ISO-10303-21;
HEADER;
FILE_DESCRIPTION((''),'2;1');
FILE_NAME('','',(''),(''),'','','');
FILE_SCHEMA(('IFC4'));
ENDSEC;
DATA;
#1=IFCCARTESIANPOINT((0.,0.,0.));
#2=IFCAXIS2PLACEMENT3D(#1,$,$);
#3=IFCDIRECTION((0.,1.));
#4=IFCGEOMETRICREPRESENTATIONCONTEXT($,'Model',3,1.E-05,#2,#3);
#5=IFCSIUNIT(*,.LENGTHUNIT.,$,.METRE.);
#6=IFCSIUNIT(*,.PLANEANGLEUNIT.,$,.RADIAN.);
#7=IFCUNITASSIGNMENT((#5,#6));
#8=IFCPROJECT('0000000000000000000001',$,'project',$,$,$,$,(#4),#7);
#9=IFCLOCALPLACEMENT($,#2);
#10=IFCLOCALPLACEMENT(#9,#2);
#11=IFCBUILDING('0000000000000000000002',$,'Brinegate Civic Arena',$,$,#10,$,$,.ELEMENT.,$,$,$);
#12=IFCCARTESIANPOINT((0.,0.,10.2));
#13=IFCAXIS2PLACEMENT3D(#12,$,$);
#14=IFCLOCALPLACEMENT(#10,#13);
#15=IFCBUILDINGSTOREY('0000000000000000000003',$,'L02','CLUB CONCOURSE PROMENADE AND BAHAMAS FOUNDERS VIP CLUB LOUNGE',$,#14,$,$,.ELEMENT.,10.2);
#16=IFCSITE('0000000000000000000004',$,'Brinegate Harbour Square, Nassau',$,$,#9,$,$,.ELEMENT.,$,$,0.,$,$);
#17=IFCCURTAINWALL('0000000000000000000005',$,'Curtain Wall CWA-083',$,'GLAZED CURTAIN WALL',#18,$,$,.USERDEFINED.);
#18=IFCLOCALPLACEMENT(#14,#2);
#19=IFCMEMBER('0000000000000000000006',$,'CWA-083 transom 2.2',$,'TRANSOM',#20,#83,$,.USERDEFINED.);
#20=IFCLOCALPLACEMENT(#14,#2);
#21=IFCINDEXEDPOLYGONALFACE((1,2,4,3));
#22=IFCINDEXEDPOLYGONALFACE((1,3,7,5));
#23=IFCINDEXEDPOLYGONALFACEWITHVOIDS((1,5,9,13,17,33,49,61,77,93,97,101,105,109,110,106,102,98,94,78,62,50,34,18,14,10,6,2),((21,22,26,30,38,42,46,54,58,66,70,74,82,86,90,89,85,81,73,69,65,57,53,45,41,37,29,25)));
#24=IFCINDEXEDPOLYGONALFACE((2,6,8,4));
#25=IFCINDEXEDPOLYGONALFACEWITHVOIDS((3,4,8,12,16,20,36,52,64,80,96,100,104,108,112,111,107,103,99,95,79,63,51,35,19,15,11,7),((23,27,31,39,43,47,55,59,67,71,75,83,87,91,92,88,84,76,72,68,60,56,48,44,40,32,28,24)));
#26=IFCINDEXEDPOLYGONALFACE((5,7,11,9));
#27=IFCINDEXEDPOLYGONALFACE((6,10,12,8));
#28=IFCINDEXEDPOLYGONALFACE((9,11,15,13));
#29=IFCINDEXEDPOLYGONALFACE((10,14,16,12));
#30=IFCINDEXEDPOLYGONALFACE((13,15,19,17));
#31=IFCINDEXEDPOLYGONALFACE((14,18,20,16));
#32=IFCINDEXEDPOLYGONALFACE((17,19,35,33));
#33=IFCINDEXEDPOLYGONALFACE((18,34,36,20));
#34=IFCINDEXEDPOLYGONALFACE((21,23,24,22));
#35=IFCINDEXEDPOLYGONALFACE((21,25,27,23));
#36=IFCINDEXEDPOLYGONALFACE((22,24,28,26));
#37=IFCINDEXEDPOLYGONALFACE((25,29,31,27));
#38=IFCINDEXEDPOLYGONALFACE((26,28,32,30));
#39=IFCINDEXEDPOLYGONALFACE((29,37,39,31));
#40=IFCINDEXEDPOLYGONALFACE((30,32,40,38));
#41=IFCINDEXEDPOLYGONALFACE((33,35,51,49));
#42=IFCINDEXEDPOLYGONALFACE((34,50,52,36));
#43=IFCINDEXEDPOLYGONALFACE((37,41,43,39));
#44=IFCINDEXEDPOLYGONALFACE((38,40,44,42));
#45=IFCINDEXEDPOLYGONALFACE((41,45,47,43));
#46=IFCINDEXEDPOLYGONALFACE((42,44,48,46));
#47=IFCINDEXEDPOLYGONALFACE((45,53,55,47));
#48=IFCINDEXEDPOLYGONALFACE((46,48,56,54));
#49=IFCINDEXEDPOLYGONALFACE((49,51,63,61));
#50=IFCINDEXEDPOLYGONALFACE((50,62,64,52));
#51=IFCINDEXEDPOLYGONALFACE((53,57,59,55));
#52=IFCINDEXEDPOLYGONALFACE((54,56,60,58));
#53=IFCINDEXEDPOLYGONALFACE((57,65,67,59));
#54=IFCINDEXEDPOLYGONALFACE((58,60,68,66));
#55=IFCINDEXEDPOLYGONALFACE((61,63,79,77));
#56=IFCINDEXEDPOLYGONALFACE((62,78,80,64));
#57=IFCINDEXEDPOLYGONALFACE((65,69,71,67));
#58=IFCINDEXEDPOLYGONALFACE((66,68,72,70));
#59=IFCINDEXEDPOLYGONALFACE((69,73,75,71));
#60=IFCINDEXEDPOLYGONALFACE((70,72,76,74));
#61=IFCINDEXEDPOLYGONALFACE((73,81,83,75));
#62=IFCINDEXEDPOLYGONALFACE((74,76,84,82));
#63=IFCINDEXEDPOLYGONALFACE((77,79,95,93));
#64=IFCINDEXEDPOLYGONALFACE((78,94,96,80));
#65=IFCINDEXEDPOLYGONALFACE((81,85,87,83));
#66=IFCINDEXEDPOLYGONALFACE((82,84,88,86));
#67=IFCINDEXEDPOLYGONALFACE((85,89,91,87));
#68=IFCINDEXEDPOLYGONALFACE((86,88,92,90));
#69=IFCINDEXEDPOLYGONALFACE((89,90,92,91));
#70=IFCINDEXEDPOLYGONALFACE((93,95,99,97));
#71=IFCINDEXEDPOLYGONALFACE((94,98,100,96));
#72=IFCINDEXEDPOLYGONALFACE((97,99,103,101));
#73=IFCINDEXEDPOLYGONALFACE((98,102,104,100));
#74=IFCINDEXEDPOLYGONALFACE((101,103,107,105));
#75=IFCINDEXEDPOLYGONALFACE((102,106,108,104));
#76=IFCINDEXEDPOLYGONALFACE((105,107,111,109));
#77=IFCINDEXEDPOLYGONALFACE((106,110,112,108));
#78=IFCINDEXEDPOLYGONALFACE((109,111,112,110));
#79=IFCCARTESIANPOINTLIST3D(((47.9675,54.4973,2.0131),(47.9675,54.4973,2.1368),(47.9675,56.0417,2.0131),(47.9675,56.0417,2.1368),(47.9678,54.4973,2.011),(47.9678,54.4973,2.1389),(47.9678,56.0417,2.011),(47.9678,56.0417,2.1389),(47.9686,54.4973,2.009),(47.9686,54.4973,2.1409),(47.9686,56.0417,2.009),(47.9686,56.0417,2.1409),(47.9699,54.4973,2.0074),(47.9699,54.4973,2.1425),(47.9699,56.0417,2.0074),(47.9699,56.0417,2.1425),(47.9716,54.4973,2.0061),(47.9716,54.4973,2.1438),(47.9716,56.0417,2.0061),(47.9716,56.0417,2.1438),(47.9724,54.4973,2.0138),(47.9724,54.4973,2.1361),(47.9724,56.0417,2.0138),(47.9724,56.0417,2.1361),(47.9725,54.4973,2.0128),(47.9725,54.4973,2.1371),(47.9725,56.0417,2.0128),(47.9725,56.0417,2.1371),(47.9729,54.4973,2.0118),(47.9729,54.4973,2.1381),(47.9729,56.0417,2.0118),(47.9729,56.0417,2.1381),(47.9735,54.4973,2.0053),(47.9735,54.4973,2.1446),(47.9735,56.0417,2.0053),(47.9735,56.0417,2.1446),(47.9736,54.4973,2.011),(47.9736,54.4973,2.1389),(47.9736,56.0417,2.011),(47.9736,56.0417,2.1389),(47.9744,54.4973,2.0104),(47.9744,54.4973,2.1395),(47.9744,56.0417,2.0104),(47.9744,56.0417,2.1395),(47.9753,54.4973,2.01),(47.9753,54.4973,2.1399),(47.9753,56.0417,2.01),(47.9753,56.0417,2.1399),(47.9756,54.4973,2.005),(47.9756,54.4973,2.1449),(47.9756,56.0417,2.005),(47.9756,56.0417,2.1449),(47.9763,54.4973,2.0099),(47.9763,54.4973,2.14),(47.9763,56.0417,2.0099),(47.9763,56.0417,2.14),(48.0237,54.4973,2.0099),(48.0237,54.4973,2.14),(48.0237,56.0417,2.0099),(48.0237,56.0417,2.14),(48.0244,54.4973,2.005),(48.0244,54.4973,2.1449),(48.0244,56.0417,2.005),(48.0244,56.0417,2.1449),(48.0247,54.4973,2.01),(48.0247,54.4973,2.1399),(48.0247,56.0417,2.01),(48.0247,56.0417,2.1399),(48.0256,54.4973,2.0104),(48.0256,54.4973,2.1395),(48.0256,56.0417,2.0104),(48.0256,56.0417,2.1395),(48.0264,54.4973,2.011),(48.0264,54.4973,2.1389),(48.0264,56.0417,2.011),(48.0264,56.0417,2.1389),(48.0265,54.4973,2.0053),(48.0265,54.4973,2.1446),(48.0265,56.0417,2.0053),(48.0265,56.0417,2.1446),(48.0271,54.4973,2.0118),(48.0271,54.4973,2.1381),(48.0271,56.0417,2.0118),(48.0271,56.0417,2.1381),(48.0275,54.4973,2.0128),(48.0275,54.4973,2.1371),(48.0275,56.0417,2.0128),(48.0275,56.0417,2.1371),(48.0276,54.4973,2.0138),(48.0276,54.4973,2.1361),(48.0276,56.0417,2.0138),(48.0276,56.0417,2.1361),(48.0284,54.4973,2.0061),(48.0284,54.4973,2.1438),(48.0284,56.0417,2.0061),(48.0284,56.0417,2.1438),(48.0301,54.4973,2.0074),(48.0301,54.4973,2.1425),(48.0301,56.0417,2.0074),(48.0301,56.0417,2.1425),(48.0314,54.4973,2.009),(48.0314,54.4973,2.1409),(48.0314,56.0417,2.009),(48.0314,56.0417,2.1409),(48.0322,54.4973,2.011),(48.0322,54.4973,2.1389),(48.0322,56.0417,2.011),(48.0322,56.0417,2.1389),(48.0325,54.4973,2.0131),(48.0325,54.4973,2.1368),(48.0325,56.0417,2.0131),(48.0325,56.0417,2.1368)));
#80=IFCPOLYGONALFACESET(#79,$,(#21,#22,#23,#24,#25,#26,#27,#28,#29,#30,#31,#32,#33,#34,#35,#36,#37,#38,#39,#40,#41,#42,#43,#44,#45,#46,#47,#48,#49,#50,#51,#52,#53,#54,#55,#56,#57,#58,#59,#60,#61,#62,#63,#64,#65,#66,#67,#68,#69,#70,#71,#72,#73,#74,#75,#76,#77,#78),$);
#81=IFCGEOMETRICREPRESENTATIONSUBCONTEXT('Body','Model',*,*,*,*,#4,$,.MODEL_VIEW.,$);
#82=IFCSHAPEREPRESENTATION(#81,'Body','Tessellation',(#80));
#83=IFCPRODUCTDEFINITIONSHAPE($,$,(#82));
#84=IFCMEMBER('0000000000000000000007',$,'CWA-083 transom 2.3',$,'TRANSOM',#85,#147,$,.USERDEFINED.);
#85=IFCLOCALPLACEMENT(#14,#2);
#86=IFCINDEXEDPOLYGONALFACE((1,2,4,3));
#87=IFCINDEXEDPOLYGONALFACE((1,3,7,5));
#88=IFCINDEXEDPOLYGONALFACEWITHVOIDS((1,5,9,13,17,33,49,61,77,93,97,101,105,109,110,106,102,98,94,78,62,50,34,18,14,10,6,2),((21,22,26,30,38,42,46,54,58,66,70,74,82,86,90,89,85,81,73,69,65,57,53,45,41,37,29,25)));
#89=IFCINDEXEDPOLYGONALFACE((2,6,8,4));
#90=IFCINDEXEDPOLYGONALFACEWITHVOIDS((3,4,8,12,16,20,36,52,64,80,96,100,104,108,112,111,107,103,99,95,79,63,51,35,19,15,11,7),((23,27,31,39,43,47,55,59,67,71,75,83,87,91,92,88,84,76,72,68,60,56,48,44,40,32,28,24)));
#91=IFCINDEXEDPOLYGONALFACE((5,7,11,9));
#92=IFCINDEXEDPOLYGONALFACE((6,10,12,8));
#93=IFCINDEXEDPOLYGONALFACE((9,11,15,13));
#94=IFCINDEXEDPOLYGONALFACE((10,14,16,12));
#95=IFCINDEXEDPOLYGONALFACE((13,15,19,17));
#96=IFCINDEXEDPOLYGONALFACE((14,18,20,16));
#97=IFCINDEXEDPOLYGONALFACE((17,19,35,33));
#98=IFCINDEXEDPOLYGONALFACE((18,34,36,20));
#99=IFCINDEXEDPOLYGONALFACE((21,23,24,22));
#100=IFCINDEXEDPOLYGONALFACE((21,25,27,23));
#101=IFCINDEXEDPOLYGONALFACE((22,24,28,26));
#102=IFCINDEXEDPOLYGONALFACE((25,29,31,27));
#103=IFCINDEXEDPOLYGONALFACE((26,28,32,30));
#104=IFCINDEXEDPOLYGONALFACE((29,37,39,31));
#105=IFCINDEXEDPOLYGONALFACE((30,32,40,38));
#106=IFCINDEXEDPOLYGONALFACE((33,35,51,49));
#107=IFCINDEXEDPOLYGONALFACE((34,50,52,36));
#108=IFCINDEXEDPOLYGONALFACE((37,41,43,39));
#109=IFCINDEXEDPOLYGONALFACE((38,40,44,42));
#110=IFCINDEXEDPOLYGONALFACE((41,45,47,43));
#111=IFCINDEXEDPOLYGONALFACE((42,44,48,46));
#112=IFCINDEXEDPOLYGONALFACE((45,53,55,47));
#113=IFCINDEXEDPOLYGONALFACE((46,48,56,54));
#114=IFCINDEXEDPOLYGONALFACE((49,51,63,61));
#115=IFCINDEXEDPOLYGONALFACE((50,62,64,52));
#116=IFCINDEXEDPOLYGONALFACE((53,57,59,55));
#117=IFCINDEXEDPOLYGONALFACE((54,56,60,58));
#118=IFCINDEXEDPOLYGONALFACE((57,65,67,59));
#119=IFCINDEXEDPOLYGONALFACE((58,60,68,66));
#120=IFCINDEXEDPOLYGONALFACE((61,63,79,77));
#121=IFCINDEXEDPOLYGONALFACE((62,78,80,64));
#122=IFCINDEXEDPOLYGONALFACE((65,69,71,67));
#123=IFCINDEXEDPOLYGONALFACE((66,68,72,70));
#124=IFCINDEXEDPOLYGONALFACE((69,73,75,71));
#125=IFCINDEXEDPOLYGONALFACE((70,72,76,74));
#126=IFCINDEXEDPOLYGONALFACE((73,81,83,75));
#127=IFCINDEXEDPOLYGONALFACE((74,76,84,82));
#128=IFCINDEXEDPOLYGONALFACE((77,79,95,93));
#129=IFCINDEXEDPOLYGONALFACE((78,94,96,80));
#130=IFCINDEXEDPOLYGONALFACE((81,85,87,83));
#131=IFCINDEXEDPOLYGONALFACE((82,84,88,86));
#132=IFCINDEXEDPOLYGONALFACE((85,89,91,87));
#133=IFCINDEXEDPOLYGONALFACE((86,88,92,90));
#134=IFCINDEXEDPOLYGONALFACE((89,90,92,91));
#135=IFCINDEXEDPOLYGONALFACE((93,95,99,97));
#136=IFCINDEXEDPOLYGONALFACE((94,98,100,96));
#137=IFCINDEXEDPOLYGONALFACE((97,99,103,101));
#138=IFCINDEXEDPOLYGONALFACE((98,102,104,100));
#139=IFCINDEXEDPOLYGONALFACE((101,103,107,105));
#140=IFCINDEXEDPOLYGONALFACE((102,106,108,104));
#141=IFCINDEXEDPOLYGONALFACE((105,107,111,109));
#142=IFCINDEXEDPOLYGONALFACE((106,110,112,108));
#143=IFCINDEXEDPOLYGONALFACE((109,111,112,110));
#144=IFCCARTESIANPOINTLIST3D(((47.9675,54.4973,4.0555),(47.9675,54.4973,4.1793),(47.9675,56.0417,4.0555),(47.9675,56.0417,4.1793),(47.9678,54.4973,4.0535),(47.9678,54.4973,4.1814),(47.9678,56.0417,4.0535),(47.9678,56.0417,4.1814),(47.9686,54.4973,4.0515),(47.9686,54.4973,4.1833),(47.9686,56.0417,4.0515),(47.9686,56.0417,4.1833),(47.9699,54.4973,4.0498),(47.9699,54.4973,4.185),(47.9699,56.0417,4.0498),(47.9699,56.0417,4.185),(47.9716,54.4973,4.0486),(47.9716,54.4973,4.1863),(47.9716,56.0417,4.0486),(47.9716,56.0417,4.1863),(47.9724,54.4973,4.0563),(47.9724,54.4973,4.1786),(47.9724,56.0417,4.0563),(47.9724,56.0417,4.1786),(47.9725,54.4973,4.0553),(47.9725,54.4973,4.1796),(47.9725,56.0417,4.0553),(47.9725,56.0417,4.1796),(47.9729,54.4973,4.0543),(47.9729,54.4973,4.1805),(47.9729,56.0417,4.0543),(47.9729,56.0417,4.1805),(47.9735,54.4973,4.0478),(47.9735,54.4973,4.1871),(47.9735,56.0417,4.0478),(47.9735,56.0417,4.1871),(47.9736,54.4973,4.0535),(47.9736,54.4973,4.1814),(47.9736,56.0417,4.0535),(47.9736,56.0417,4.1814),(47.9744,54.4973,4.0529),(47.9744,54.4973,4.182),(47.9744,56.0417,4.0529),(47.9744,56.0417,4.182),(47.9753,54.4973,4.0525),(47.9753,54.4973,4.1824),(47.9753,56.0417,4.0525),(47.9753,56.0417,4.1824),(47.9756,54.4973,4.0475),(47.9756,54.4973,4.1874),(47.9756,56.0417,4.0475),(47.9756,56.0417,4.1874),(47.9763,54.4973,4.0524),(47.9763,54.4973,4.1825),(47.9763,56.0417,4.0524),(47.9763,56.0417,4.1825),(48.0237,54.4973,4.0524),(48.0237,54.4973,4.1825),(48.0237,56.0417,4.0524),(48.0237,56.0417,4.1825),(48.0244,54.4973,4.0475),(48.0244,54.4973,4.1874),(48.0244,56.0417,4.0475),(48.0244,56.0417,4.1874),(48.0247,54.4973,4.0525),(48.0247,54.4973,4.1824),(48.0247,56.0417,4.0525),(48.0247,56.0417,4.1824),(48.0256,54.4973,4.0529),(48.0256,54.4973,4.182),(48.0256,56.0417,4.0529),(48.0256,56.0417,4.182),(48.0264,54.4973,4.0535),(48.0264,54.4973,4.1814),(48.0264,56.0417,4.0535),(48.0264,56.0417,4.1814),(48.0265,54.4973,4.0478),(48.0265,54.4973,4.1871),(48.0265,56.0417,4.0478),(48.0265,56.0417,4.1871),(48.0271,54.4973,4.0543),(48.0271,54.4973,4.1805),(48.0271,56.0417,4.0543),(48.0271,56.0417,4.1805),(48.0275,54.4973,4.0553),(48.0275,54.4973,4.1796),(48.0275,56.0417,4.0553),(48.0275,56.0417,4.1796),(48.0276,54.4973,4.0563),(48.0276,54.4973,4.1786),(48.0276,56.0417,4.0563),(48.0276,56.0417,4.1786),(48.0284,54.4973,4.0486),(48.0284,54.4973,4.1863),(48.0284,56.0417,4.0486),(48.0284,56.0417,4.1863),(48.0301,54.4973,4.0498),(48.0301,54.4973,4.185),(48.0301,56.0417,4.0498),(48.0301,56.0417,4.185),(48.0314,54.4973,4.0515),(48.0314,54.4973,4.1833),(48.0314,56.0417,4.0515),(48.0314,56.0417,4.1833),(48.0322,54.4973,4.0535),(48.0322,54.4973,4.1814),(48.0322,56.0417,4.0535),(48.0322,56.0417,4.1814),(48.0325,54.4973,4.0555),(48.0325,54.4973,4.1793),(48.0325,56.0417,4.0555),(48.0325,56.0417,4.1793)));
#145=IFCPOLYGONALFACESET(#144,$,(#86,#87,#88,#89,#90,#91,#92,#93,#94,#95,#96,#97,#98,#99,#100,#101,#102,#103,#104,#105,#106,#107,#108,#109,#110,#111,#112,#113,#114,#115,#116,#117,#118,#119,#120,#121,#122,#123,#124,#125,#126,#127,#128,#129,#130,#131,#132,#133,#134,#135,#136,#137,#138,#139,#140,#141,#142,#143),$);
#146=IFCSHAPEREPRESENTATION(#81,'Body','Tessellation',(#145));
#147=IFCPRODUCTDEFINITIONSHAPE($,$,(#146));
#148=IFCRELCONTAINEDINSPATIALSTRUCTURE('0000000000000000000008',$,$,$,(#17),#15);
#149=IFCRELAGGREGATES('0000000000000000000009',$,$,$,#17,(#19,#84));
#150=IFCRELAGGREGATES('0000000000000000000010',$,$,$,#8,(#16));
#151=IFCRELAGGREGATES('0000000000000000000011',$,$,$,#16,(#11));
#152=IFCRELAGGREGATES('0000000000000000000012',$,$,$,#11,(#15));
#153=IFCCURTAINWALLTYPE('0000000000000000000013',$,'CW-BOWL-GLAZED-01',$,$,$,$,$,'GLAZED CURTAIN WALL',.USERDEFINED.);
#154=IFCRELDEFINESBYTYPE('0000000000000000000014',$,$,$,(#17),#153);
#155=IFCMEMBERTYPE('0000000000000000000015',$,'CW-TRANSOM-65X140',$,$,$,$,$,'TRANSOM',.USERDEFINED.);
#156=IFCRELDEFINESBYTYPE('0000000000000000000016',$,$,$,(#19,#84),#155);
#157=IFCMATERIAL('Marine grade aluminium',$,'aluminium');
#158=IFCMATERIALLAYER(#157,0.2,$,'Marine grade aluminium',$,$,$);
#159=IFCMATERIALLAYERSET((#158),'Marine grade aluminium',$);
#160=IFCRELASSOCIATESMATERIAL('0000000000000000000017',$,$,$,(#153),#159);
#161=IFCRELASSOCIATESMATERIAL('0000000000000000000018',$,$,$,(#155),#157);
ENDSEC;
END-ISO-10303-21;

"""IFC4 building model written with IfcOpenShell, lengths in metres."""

from ifc_helpers import new_model, si_unit, direction, frame, origin, origin_2d, place, context, subcontext, project, spatial, hollow_rectangle, extrude, material, layer, layer_set, material_profile, profile_set, type_object, element, aggregate, save


model = new_model("IFC4")

# Units and contexts
model_context = context("Model", 3, precision=1e-05, world=origin(), true_north=direction((0.0, 1.0)))
body_context = subcontext(model_context, "Body", "Model", "MODEL_VIEW")
ifc_project = project(units=[si_unit("LENGTHUNIT", "METRE"), si_unit("PLANEANGLEUNIT", "RADIAN")], contexts=[model_context])

# Site, building, storey
site_placement = place(None, origin())
site = spatial("IfcSite", under=ifc_project, at=site_placement, Name="Brinegate Harbour Square, Nassau", CompositionType="ELEMENT", RefElevation=0.0)
building_placement = place(site_placement, origin())
building = spatial("IfcBuilding", under=site, at=building_placement, Name="Brinegate Civic Arena", CompositionType="ELEMENT")
storey_placement = place(building_placement, frame((0.0, 0.0, 10.2)))
storey = spatial("IfcBuildingStorey", under=building, at=storey_placement, Name="L02", Description="CLUB CONCOURSE PROMENADE AND BAHAMAS FOUNDERS VIP CLUB LOUNGE", CompositionType="ELEMENT", Elevation=10.2)

# Curtain wall, members
ifc_material_1 = material(Name="Marine grade aluminium", Category="aluminium")
ifc_layer_1 = layer(ifc_material_1, 0.2, Name="Marine grade aluminium")
ifc_layer_set_1 = layer_set([ifc_layer_1], Name="Marine grade aluminium")
curtain_wall_type_1 = type_object("IfcCurtainWallType", Name="CW-BOWL-GLAZED-01", ElementType="GLAZED CURTAIN WALL", PredefinedType="USERDEFINED", material=ifc_layer_set_1)
curtain_wall_1_placement = place(storey_placement, origin())
curtain_wall_1 = element("IfcCurtainWall", 1, at=curtain_wall_1_placement, inside=storey, type_object=curtain_wall_type_1, Name="Curtain Wall CWA-083", ObjectType="GLAZED CURTAIN WALL", PredefinedType="USERDEFINED")
ifc_material_profile_1 = material_profile(ifc_material_1, hollow_rectangle(XDim=0.0649, YDim=0.1399, WallThickness=0.0049, InnerFilletRadius=0.0039, OuterFilletRadius=0.0081, at=origin_2d()), Name="TRN65X140")
ifc_profile_set_1 = profile_set([ifc_material_profile_1], Name="Marine grade aluminium")
member_type_1 = type_object("IfcMemberType", Name="CW-TRANSOM-65X140", ElementType="TRANSOM", PredefinedType="USERDEFINED", material=ifc_profile_set_1)
member_1_placement = place(storey_placement, frame((48.0, 54.4973, 2.075), z_axis=(0.0, 1.0, 0.0), x_axis=(-1.0, 0.0, 0.0)))
member_1 = element("IfcMember", 2, at=member_1_placement, type_object=member_type_1, Name="CWA-083 transom 2.2", ObjectType="TRANSOM", PredefinedType="USERDEFINED", context=body_context, shape_type="SweptSolid", body=[
    extrude(hollow_rectangle(XDim=0.0649, YDim=0.1399, WallThickness=0.0049, InnerFilletRadius=0.0039, OuterFilletRadius=0.0081, at=origin_2d()), origin(), (0.0, 0.0, 1.0), 1.5444),
])
member_2_placement = place(storey_placement, frame((48.0, 54.4973, 4.1174), z_axis=(0.0, 1.0, 0.0), x_axis=(-1.0, 0.0, 0.0)))
member_2 = element("IfcMember", 3, at=member_2_placement, type_object=member_type_1, Name="CWA-083 transom 2.3", ObjectType="TRANSOM", PredefinedType="USERDEFINED", context=body_context, shape_type="SweptSolid", body=[
    extrude(hollow_rectangle(XDim=0.0649, YDim=0.1399, WallThickness=0.0049, InnerFilletRadius=0.0039, OuterFilletRadius=0.0081, at=origin_2d()), origin(), (0.0, 0.0, 1.0), 1.5444),
])

aggregate(curtain_wall_1, [member_1, member_2])

save(model, "model.ifc")
